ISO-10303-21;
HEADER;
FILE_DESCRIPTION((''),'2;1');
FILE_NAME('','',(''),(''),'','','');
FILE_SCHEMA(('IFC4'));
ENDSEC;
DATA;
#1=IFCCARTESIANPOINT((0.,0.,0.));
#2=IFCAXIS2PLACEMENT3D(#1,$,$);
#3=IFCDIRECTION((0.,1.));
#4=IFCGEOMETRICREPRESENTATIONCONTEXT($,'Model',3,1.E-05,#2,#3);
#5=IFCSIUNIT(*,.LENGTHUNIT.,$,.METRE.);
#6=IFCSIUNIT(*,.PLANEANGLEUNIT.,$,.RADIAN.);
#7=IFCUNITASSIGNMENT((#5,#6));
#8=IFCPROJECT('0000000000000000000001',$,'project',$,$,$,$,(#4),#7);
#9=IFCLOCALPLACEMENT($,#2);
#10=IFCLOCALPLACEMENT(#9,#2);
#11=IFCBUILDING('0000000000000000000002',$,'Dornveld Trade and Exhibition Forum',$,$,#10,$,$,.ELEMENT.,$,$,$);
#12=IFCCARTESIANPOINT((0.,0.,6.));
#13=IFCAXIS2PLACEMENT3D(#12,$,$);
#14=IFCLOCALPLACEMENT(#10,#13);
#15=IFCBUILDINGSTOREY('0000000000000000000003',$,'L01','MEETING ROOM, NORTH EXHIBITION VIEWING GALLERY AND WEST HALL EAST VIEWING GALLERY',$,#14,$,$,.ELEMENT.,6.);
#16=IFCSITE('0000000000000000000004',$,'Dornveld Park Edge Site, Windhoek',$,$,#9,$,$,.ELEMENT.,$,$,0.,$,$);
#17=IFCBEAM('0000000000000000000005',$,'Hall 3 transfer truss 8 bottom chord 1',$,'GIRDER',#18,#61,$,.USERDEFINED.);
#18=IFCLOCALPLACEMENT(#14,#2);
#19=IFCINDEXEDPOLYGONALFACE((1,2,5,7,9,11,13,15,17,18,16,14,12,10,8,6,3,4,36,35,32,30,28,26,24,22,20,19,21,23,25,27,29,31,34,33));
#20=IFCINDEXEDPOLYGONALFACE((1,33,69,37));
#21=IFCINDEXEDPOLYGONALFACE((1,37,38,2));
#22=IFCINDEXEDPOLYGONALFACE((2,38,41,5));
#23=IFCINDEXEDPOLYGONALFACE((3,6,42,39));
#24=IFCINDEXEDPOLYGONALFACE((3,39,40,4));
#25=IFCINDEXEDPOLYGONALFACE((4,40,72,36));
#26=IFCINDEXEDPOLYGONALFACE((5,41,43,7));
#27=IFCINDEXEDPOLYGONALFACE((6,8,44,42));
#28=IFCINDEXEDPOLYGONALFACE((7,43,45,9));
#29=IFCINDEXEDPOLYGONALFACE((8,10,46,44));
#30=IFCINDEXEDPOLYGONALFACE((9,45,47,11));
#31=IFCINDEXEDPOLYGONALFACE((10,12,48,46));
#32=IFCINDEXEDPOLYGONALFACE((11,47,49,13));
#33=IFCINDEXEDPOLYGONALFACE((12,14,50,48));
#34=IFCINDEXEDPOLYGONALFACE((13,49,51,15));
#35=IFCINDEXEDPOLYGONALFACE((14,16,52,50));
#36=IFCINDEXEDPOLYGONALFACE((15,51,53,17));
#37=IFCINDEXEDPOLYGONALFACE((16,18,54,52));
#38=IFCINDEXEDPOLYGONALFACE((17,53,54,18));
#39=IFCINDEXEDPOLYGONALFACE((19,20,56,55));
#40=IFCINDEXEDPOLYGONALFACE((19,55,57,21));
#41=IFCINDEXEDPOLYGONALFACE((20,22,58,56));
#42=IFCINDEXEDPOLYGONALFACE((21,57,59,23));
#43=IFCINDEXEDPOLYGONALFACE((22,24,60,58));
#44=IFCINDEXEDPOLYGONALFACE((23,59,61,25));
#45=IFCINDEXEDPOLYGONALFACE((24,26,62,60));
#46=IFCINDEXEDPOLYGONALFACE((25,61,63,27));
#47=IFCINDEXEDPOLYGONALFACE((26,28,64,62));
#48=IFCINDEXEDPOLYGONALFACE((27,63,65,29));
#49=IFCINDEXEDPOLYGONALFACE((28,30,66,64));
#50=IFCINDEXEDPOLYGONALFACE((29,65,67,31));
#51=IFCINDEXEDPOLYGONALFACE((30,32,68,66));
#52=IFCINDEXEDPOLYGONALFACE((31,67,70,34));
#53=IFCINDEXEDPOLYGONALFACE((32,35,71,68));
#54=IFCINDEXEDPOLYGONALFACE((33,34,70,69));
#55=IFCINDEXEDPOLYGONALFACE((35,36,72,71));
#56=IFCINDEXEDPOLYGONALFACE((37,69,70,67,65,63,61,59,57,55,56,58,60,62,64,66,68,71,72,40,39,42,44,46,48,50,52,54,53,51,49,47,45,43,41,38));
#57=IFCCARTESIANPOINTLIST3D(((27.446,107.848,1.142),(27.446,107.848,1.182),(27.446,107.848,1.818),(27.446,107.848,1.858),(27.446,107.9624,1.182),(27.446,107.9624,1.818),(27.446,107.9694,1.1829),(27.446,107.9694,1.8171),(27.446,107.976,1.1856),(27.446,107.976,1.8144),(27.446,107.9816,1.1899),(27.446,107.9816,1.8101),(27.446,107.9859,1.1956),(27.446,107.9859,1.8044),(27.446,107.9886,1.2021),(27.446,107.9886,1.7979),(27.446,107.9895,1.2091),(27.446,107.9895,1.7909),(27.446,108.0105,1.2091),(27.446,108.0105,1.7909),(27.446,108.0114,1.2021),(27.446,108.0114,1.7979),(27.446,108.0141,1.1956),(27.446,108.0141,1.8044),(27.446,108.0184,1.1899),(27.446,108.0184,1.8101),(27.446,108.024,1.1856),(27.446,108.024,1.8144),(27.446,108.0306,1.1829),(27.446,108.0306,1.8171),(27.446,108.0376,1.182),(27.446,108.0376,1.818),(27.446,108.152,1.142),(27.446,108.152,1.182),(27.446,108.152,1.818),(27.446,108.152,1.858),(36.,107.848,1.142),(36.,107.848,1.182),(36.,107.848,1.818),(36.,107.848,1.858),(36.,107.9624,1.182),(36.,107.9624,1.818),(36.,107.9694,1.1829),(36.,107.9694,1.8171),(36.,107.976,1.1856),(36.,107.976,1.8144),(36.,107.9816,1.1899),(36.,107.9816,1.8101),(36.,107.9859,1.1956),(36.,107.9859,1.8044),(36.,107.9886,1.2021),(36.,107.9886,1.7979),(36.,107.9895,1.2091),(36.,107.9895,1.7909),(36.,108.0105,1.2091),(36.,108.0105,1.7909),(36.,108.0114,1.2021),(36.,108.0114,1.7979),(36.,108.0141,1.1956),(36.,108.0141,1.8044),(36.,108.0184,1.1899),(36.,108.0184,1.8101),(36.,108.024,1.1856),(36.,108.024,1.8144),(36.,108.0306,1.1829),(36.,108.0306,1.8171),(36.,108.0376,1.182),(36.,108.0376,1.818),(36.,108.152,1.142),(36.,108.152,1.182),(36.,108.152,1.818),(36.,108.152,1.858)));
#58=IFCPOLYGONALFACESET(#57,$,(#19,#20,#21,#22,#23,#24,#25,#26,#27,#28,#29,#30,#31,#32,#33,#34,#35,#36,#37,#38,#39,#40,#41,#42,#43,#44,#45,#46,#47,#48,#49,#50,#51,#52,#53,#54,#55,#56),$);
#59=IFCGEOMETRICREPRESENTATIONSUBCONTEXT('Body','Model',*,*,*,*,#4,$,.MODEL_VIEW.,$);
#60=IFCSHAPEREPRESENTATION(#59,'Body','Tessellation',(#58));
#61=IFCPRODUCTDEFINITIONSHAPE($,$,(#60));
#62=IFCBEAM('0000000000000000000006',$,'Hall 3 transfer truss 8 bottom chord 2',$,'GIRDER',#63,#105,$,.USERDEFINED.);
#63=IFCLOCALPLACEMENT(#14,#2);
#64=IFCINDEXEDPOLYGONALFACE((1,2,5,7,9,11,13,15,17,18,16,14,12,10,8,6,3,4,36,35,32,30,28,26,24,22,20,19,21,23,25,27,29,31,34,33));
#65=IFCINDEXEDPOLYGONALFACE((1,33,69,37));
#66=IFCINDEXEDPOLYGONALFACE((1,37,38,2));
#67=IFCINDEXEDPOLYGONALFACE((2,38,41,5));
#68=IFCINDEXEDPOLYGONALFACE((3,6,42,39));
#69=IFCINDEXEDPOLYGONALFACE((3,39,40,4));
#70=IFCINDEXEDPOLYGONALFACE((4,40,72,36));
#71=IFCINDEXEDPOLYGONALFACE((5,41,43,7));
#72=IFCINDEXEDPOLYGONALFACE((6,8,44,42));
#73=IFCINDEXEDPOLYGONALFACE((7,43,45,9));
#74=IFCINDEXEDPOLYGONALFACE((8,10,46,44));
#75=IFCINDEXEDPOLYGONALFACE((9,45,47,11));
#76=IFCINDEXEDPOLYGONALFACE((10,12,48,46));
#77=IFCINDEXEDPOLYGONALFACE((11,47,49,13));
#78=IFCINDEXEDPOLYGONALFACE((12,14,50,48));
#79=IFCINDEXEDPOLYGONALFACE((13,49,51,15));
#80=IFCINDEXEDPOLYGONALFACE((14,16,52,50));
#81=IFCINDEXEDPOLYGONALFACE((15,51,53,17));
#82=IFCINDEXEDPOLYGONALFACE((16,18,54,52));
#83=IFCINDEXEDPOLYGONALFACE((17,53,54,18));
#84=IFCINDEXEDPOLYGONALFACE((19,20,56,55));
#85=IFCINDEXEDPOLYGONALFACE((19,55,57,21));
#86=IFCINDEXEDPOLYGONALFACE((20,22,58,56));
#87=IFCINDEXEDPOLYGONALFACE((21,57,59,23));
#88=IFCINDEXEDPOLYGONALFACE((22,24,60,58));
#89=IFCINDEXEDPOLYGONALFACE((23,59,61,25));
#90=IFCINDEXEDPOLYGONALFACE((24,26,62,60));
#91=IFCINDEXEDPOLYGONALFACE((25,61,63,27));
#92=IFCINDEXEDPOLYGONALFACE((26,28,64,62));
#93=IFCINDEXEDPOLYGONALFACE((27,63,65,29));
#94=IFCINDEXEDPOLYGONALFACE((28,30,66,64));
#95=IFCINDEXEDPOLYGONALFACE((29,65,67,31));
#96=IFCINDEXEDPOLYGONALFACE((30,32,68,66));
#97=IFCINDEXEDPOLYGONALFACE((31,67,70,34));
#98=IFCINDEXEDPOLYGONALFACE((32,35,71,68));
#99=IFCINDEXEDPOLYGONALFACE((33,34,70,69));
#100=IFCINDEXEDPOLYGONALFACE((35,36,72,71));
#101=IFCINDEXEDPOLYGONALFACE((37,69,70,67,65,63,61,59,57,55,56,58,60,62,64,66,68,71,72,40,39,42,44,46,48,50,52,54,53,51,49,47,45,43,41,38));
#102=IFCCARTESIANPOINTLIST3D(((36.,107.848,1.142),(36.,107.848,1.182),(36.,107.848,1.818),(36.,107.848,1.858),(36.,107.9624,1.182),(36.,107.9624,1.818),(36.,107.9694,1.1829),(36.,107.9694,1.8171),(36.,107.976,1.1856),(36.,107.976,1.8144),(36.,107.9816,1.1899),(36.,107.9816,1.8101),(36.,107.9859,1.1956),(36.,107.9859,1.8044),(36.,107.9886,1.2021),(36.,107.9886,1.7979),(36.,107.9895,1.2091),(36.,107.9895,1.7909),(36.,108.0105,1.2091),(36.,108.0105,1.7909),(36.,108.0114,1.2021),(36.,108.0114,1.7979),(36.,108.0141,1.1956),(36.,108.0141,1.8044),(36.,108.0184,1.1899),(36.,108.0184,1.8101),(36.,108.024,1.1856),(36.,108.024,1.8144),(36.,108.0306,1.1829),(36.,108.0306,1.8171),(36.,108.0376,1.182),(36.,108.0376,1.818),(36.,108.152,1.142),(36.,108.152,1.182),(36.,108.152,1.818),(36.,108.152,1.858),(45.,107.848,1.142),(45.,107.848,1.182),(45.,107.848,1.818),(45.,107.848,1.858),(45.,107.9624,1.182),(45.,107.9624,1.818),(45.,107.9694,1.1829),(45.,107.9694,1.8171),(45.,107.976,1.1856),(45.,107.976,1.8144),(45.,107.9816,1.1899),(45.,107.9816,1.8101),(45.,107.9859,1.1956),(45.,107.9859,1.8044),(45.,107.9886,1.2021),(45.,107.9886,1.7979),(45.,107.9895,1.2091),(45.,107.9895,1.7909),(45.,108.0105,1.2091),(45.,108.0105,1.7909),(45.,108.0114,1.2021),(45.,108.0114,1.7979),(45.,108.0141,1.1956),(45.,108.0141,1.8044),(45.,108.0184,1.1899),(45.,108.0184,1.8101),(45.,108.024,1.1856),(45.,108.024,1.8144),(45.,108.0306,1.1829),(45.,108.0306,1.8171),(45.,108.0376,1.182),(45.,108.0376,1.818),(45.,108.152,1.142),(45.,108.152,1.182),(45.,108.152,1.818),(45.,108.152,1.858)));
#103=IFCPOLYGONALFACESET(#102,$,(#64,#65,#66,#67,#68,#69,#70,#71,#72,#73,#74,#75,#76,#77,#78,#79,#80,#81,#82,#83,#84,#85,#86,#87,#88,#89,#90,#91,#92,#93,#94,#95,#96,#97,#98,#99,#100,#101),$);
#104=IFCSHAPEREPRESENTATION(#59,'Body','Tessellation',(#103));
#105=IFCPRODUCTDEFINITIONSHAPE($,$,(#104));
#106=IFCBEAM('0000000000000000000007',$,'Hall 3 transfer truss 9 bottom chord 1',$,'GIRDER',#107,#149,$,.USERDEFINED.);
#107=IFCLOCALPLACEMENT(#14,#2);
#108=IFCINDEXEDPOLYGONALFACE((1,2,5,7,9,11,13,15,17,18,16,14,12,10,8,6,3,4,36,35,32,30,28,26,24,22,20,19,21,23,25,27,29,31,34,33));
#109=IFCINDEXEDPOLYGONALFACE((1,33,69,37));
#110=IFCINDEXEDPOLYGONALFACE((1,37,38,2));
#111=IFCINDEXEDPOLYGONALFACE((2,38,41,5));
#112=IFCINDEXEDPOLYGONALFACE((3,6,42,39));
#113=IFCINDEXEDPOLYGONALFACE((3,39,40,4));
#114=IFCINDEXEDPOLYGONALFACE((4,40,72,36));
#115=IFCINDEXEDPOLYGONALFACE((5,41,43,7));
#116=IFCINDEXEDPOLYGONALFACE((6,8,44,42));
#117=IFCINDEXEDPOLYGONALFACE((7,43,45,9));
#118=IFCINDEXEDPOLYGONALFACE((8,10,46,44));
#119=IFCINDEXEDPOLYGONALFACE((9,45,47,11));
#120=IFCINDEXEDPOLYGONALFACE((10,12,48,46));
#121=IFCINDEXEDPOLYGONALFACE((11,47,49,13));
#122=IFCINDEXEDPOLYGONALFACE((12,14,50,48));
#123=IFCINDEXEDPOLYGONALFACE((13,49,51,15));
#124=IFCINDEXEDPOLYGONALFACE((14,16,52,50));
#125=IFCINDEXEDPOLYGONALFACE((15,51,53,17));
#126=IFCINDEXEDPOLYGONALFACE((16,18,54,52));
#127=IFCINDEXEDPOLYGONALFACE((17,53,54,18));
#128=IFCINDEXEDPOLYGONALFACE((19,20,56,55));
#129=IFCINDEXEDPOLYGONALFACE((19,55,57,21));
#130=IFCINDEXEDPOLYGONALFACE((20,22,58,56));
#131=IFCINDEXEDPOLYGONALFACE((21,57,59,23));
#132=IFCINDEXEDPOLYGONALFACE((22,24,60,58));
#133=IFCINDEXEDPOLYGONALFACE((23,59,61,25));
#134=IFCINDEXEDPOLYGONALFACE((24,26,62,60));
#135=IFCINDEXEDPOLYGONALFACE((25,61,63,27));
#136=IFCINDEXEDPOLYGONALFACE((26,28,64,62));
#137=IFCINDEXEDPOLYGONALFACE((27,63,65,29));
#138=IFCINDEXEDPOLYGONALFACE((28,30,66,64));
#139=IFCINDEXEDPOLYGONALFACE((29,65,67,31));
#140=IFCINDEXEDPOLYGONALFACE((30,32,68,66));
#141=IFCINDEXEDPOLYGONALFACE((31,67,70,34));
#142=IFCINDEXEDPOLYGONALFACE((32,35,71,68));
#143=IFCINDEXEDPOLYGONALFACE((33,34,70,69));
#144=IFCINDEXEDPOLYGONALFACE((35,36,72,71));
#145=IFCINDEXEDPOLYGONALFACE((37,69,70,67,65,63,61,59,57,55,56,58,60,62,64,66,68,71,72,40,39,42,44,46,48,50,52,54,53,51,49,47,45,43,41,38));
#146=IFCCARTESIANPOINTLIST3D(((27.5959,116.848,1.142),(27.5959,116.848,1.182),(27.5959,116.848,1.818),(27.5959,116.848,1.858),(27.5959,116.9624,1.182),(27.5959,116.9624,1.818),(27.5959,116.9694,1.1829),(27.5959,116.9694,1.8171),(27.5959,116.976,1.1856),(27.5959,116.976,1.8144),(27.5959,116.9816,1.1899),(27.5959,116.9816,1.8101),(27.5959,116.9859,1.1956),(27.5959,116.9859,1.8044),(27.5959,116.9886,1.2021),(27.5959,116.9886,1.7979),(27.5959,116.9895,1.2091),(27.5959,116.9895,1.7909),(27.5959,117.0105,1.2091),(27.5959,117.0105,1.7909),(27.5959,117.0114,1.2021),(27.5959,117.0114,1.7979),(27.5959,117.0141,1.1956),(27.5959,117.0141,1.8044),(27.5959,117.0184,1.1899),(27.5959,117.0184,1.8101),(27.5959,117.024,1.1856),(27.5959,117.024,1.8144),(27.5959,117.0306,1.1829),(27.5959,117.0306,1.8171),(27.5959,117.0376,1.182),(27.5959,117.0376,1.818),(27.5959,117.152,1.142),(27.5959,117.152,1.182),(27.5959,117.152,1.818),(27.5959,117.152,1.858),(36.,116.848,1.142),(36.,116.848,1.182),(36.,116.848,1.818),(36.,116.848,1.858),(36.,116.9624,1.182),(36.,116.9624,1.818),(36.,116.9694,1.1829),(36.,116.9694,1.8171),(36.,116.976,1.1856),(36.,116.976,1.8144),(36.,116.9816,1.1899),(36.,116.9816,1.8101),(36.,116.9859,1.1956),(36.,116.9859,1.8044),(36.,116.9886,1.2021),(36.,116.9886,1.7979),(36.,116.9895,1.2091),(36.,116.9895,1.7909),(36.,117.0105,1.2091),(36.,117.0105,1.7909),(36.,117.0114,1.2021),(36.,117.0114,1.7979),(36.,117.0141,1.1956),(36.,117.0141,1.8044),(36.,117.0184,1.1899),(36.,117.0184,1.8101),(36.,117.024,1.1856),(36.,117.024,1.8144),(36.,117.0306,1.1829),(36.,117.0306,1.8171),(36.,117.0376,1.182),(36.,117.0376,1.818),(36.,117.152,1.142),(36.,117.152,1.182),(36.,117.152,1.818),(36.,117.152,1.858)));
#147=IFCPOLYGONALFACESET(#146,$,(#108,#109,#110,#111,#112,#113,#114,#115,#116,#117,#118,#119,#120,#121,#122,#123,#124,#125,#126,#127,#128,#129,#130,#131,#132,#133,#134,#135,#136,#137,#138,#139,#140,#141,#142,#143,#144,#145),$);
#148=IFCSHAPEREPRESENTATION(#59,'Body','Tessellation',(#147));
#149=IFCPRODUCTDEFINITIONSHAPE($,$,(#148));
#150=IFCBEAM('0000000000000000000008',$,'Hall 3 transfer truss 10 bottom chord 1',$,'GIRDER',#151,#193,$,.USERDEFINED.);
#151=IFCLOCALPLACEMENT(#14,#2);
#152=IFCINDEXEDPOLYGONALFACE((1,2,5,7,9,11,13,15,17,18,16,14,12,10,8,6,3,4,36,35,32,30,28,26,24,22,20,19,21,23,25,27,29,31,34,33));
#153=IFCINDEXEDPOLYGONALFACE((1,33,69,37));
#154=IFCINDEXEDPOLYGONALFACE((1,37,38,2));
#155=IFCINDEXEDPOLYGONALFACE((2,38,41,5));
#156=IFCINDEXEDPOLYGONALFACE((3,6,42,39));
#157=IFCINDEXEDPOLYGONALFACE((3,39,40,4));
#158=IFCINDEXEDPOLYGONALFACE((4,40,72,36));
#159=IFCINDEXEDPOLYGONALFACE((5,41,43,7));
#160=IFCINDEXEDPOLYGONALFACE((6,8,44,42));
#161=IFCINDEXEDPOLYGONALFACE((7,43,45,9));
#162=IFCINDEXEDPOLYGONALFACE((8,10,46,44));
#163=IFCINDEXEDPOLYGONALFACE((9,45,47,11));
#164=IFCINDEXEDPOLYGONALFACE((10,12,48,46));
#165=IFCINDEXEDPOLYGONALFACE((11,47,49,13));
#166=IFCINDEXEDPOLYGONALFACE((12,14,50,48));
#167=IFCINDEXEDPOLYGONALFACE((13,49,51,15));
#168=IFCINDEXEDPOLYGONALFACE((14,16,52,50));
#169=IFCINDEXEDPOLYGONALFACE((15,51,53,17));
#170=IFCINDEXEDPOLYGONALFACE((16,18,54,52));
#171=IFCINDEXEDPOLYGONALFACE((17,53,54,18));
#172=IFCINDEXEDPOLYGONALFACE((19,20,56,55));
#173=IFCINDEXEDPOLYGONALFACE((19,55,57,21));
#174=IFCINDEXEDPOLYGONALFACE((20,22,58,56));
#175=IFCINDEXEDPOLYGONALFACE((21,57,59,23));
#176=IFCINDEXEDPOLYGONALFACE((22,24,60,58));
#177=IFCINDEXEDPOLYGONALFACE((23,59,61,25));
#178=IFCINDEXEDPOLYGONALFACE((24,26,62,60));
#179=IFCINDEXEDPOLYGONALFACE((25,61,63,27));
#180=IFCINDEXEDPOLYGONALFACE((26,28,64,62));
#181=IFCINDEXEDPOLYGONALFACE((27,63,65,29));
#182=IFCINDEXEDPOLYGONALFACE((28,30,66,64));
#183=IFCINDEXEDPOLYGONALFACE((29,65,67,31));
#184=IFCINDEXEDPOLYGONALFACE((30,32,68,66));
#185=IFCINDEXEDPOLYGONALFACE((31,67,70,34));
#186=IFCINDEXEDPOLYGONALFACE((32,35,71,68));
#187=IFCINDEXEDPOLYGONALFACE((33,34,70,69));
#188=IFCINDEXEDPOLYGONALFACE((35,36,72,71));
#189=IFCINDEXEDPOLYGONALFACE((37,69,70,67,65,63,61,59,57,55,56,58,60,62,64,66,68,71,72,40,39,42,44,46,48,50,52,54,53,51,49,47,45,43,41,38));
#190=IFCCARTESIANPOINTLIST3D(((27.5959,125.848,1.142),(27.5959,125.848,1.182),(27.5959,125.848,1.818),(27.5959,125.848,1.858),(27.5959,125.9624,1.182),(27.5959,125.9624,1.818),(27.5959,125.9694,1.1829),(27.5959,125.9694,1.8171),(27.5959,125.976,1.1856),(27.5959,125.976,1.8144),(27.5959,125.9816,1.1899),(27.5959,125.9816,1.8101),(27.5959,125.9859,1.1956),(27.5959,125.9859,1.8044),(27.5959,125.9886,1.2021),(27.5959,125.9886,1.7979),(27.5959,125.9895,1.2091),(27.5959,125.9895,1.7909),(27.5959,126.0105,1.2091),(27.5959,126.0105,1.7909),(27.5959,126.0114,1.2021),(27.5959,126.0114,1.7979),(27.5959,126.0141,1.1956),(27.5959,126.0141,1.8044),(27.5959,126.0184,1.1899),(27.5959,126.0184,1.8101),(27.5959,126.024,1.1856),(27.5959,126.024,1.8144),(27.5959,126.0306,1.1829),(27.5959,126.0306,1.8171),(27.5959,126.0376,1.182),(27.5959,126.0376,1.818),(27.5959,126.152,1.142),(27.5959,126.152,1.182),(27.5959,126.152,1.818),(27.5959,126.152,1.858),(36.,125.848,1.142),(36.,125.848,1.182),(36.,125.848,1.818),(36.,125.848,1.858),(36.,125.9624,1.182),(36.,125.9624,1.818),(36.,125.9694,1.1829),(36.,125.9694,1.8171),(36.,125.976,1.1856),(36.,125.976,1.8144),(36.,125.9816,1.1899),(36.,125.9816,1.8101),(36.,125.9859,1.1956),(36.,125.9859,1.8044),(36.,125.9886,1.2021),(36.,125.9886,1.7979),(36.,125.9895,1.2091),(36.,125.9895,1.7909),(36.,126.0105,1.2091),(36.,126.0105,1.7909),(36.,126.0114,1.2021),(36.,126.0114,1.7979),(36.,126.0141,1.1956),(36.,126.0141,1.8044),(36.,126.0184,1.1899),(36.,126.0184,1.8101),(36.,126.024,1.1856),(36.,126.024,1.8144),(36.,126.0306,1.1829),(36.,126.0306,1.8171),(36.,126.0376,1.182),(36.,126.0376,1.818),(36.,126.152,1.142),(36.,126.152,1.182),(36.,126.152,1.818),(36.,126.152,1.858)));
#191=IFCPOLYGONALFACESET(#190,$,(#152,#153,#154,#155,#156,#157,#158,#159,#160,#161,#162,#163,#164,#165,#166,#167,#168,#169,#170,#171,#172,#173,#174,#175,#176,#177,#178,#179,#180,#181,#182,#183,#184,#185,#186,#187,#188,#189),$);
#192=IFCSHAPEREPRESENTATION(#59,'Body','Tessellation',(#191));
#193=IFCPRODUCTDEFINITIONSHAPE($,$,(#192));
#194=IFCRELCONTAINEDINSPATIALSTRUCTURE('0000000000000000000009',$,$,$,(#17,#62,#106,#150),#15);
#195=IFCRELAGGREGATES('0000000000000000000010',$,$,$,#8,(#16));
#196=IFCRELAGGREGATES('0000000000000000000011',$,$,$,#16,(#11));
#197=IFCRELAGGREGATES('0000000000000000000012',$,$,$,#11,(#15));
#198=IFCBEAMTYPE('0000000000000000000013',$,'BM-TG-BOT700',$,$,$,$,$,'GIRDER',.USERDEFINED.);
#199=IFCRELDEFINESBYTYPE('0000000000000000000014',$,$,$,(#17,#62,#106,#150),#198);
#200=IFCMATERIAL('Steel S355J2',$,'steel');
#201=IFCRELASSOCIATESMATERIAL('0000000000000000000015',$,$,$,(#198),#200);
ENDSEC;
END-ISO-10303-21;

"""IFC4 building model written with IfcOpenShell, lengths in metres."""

from ifc_helpers import new_model, si_unit, direction, frame, origin, origin_2d, place, context, subcontext, project, spatial, i_section, extrude, material, material_profile, profile_set, type_object, element, save


model = new_model("IFC4")

# Units and contexts
model_context = context("Model", 3, precision=1e-05, world=origin(), true_north=direction((0.0, 1.0)))
body_context = subcontext(model_context, "Body", "Model", "MODEL_VIEW")
ifc_project = project(units=[si_unit("LENGTHUNIT", "METRE"), si_unit("PLANEANGLEUNIT", "RADIAN")], contexts=[model_context])

# Site, building, storey
site_placement = place(None, origin())
site = spatial("IfcSite", under=ifc_project, at=site_placement, Name="Dornveld Park Edge Site, Windhoek", CompositionType="ELEMENT", RefElevation=0.0)
building_placement = place(site_placement, origin())
building = spatial("IfcBuilding", under=site, at=building_placement, Name="Dornveld Trade and Exhibition Forum", CompositionType="ELEMENT")
storey_placement = place(building_placement, frame((0.0, 0.0, 6.0)))
storey = spatial("IfcBuildingStorey", under=building, at=storey_placement, Name="L01", Description="MEETING ROOM, NORTH EXHIBITION VIEWING GALLERY AND WEST HALL EAST VIEWING GALLERY", CompositionType="ELEMENT", Elevation=6.0)

# Beams
ifc_material_1 = material(Name="Steel S355J2", Category="steel")
ifc_material_profile_1 = material_profile(ifc_material_1, i_section(OverallWidth=0.304, OverallDepth=0.7161, WebThickness=0.021, FlangeThickness=0.04, FilletRadius=0.0271, at=origin_2d()), Name="HEM 700")
ifc_profile_set_1 = profile_set([ifc_material_profile_1], Name="Steel S355J2")
beam_type_1 = type_object("IfcBeamType", Name="BM-TG-BOT700", ElementType="GIRDER", PredefinedType="USERDEFINED", material=ifc_profile_set_1)
beam_1_placement = place(storey_placement, frame((27.446, 108.0, 1.5), z_axis=(1.0, 0.0, 0.0), x_axis=(0.0, 1.0, 0.0)))
element("IfcBeam", 1, at=beam_1_placement, inside=storey, type_object=beam_type_1, Name="Hall 3 transfer truss 8 bottom chord 1", ObjectType="GIRDER", PredefinedType="USERDEFINED", context=body_context, shape_type="SweptSolid", body=[
    extrude(i_section(OverallWidth=0.304, OverallDepth=0.7161, WebThickness=0.021, FlangeThickness=0.04, FilletRadius=0.0271, at=origin_2d()), origin(), (0.0, 0.0, 1.0), 8.554),
])
beam_2_placement = place(storey_placement, frame((36.0, 108.0, 1.5), z_axis=(1.0, 0.0, 0.0), x_axis=(0.0, 1.0, 0.0)))
element("IfcBeam", 2, at=beam_2_placement, inside=storey, type_object=beam_type_1, Name="Hall 3 transfer truss 8 bottom chord 2", ObjectType="GIRDER", PredefinedType="USERDEFINED", context=body_context, shape_type="SweptSolid", body=[
    extrude(i_section(OverallWidth=0.304, OverallDepth=0.7161, WebThickness=0.021, FlangeThickness=0.04, FilletRadius=0.0271, at=origin_2d()), origin(), (0.0, 0.0, 1.0), 9.0),
])
for number, where, z_axis, x_axis, name in (
    (3, (27.5959, 117.0, 1.5), (1.0, 0.0, 0.0), (0.0, 1.0, 0.0), "Hall 3 transfer truss 9 bottom chord 1"),
    (4, (27.5959, 126.0, 1.5), (1.0, 0.0, 0.0), (0.0, 1.0, 0.0), "Hall 3 transfer truss 10 bottom chord 1"),
):
    element("IfcBeam", number, at=place(storey_placement, frame(where, z_axis=z_axis, x_axis=x_axis)), inside=storey, type_object=beam_type_1, Name=name, ObjectType="GIRDER", PredefinedType="USERDEFINED", context=body_context, shape_type="SweptSolid", body=[
        extrude(i_section(OverallWidth=0.304, OverallDepth=0.7161, WebThickness=0.021, FlangeThickness=0.04, FilletRadius=0.0271, at=origin_2d()), origin(), (0.0, 0.0, 1.0), 8.4041),
    ])

save(model, "model.ifc")
